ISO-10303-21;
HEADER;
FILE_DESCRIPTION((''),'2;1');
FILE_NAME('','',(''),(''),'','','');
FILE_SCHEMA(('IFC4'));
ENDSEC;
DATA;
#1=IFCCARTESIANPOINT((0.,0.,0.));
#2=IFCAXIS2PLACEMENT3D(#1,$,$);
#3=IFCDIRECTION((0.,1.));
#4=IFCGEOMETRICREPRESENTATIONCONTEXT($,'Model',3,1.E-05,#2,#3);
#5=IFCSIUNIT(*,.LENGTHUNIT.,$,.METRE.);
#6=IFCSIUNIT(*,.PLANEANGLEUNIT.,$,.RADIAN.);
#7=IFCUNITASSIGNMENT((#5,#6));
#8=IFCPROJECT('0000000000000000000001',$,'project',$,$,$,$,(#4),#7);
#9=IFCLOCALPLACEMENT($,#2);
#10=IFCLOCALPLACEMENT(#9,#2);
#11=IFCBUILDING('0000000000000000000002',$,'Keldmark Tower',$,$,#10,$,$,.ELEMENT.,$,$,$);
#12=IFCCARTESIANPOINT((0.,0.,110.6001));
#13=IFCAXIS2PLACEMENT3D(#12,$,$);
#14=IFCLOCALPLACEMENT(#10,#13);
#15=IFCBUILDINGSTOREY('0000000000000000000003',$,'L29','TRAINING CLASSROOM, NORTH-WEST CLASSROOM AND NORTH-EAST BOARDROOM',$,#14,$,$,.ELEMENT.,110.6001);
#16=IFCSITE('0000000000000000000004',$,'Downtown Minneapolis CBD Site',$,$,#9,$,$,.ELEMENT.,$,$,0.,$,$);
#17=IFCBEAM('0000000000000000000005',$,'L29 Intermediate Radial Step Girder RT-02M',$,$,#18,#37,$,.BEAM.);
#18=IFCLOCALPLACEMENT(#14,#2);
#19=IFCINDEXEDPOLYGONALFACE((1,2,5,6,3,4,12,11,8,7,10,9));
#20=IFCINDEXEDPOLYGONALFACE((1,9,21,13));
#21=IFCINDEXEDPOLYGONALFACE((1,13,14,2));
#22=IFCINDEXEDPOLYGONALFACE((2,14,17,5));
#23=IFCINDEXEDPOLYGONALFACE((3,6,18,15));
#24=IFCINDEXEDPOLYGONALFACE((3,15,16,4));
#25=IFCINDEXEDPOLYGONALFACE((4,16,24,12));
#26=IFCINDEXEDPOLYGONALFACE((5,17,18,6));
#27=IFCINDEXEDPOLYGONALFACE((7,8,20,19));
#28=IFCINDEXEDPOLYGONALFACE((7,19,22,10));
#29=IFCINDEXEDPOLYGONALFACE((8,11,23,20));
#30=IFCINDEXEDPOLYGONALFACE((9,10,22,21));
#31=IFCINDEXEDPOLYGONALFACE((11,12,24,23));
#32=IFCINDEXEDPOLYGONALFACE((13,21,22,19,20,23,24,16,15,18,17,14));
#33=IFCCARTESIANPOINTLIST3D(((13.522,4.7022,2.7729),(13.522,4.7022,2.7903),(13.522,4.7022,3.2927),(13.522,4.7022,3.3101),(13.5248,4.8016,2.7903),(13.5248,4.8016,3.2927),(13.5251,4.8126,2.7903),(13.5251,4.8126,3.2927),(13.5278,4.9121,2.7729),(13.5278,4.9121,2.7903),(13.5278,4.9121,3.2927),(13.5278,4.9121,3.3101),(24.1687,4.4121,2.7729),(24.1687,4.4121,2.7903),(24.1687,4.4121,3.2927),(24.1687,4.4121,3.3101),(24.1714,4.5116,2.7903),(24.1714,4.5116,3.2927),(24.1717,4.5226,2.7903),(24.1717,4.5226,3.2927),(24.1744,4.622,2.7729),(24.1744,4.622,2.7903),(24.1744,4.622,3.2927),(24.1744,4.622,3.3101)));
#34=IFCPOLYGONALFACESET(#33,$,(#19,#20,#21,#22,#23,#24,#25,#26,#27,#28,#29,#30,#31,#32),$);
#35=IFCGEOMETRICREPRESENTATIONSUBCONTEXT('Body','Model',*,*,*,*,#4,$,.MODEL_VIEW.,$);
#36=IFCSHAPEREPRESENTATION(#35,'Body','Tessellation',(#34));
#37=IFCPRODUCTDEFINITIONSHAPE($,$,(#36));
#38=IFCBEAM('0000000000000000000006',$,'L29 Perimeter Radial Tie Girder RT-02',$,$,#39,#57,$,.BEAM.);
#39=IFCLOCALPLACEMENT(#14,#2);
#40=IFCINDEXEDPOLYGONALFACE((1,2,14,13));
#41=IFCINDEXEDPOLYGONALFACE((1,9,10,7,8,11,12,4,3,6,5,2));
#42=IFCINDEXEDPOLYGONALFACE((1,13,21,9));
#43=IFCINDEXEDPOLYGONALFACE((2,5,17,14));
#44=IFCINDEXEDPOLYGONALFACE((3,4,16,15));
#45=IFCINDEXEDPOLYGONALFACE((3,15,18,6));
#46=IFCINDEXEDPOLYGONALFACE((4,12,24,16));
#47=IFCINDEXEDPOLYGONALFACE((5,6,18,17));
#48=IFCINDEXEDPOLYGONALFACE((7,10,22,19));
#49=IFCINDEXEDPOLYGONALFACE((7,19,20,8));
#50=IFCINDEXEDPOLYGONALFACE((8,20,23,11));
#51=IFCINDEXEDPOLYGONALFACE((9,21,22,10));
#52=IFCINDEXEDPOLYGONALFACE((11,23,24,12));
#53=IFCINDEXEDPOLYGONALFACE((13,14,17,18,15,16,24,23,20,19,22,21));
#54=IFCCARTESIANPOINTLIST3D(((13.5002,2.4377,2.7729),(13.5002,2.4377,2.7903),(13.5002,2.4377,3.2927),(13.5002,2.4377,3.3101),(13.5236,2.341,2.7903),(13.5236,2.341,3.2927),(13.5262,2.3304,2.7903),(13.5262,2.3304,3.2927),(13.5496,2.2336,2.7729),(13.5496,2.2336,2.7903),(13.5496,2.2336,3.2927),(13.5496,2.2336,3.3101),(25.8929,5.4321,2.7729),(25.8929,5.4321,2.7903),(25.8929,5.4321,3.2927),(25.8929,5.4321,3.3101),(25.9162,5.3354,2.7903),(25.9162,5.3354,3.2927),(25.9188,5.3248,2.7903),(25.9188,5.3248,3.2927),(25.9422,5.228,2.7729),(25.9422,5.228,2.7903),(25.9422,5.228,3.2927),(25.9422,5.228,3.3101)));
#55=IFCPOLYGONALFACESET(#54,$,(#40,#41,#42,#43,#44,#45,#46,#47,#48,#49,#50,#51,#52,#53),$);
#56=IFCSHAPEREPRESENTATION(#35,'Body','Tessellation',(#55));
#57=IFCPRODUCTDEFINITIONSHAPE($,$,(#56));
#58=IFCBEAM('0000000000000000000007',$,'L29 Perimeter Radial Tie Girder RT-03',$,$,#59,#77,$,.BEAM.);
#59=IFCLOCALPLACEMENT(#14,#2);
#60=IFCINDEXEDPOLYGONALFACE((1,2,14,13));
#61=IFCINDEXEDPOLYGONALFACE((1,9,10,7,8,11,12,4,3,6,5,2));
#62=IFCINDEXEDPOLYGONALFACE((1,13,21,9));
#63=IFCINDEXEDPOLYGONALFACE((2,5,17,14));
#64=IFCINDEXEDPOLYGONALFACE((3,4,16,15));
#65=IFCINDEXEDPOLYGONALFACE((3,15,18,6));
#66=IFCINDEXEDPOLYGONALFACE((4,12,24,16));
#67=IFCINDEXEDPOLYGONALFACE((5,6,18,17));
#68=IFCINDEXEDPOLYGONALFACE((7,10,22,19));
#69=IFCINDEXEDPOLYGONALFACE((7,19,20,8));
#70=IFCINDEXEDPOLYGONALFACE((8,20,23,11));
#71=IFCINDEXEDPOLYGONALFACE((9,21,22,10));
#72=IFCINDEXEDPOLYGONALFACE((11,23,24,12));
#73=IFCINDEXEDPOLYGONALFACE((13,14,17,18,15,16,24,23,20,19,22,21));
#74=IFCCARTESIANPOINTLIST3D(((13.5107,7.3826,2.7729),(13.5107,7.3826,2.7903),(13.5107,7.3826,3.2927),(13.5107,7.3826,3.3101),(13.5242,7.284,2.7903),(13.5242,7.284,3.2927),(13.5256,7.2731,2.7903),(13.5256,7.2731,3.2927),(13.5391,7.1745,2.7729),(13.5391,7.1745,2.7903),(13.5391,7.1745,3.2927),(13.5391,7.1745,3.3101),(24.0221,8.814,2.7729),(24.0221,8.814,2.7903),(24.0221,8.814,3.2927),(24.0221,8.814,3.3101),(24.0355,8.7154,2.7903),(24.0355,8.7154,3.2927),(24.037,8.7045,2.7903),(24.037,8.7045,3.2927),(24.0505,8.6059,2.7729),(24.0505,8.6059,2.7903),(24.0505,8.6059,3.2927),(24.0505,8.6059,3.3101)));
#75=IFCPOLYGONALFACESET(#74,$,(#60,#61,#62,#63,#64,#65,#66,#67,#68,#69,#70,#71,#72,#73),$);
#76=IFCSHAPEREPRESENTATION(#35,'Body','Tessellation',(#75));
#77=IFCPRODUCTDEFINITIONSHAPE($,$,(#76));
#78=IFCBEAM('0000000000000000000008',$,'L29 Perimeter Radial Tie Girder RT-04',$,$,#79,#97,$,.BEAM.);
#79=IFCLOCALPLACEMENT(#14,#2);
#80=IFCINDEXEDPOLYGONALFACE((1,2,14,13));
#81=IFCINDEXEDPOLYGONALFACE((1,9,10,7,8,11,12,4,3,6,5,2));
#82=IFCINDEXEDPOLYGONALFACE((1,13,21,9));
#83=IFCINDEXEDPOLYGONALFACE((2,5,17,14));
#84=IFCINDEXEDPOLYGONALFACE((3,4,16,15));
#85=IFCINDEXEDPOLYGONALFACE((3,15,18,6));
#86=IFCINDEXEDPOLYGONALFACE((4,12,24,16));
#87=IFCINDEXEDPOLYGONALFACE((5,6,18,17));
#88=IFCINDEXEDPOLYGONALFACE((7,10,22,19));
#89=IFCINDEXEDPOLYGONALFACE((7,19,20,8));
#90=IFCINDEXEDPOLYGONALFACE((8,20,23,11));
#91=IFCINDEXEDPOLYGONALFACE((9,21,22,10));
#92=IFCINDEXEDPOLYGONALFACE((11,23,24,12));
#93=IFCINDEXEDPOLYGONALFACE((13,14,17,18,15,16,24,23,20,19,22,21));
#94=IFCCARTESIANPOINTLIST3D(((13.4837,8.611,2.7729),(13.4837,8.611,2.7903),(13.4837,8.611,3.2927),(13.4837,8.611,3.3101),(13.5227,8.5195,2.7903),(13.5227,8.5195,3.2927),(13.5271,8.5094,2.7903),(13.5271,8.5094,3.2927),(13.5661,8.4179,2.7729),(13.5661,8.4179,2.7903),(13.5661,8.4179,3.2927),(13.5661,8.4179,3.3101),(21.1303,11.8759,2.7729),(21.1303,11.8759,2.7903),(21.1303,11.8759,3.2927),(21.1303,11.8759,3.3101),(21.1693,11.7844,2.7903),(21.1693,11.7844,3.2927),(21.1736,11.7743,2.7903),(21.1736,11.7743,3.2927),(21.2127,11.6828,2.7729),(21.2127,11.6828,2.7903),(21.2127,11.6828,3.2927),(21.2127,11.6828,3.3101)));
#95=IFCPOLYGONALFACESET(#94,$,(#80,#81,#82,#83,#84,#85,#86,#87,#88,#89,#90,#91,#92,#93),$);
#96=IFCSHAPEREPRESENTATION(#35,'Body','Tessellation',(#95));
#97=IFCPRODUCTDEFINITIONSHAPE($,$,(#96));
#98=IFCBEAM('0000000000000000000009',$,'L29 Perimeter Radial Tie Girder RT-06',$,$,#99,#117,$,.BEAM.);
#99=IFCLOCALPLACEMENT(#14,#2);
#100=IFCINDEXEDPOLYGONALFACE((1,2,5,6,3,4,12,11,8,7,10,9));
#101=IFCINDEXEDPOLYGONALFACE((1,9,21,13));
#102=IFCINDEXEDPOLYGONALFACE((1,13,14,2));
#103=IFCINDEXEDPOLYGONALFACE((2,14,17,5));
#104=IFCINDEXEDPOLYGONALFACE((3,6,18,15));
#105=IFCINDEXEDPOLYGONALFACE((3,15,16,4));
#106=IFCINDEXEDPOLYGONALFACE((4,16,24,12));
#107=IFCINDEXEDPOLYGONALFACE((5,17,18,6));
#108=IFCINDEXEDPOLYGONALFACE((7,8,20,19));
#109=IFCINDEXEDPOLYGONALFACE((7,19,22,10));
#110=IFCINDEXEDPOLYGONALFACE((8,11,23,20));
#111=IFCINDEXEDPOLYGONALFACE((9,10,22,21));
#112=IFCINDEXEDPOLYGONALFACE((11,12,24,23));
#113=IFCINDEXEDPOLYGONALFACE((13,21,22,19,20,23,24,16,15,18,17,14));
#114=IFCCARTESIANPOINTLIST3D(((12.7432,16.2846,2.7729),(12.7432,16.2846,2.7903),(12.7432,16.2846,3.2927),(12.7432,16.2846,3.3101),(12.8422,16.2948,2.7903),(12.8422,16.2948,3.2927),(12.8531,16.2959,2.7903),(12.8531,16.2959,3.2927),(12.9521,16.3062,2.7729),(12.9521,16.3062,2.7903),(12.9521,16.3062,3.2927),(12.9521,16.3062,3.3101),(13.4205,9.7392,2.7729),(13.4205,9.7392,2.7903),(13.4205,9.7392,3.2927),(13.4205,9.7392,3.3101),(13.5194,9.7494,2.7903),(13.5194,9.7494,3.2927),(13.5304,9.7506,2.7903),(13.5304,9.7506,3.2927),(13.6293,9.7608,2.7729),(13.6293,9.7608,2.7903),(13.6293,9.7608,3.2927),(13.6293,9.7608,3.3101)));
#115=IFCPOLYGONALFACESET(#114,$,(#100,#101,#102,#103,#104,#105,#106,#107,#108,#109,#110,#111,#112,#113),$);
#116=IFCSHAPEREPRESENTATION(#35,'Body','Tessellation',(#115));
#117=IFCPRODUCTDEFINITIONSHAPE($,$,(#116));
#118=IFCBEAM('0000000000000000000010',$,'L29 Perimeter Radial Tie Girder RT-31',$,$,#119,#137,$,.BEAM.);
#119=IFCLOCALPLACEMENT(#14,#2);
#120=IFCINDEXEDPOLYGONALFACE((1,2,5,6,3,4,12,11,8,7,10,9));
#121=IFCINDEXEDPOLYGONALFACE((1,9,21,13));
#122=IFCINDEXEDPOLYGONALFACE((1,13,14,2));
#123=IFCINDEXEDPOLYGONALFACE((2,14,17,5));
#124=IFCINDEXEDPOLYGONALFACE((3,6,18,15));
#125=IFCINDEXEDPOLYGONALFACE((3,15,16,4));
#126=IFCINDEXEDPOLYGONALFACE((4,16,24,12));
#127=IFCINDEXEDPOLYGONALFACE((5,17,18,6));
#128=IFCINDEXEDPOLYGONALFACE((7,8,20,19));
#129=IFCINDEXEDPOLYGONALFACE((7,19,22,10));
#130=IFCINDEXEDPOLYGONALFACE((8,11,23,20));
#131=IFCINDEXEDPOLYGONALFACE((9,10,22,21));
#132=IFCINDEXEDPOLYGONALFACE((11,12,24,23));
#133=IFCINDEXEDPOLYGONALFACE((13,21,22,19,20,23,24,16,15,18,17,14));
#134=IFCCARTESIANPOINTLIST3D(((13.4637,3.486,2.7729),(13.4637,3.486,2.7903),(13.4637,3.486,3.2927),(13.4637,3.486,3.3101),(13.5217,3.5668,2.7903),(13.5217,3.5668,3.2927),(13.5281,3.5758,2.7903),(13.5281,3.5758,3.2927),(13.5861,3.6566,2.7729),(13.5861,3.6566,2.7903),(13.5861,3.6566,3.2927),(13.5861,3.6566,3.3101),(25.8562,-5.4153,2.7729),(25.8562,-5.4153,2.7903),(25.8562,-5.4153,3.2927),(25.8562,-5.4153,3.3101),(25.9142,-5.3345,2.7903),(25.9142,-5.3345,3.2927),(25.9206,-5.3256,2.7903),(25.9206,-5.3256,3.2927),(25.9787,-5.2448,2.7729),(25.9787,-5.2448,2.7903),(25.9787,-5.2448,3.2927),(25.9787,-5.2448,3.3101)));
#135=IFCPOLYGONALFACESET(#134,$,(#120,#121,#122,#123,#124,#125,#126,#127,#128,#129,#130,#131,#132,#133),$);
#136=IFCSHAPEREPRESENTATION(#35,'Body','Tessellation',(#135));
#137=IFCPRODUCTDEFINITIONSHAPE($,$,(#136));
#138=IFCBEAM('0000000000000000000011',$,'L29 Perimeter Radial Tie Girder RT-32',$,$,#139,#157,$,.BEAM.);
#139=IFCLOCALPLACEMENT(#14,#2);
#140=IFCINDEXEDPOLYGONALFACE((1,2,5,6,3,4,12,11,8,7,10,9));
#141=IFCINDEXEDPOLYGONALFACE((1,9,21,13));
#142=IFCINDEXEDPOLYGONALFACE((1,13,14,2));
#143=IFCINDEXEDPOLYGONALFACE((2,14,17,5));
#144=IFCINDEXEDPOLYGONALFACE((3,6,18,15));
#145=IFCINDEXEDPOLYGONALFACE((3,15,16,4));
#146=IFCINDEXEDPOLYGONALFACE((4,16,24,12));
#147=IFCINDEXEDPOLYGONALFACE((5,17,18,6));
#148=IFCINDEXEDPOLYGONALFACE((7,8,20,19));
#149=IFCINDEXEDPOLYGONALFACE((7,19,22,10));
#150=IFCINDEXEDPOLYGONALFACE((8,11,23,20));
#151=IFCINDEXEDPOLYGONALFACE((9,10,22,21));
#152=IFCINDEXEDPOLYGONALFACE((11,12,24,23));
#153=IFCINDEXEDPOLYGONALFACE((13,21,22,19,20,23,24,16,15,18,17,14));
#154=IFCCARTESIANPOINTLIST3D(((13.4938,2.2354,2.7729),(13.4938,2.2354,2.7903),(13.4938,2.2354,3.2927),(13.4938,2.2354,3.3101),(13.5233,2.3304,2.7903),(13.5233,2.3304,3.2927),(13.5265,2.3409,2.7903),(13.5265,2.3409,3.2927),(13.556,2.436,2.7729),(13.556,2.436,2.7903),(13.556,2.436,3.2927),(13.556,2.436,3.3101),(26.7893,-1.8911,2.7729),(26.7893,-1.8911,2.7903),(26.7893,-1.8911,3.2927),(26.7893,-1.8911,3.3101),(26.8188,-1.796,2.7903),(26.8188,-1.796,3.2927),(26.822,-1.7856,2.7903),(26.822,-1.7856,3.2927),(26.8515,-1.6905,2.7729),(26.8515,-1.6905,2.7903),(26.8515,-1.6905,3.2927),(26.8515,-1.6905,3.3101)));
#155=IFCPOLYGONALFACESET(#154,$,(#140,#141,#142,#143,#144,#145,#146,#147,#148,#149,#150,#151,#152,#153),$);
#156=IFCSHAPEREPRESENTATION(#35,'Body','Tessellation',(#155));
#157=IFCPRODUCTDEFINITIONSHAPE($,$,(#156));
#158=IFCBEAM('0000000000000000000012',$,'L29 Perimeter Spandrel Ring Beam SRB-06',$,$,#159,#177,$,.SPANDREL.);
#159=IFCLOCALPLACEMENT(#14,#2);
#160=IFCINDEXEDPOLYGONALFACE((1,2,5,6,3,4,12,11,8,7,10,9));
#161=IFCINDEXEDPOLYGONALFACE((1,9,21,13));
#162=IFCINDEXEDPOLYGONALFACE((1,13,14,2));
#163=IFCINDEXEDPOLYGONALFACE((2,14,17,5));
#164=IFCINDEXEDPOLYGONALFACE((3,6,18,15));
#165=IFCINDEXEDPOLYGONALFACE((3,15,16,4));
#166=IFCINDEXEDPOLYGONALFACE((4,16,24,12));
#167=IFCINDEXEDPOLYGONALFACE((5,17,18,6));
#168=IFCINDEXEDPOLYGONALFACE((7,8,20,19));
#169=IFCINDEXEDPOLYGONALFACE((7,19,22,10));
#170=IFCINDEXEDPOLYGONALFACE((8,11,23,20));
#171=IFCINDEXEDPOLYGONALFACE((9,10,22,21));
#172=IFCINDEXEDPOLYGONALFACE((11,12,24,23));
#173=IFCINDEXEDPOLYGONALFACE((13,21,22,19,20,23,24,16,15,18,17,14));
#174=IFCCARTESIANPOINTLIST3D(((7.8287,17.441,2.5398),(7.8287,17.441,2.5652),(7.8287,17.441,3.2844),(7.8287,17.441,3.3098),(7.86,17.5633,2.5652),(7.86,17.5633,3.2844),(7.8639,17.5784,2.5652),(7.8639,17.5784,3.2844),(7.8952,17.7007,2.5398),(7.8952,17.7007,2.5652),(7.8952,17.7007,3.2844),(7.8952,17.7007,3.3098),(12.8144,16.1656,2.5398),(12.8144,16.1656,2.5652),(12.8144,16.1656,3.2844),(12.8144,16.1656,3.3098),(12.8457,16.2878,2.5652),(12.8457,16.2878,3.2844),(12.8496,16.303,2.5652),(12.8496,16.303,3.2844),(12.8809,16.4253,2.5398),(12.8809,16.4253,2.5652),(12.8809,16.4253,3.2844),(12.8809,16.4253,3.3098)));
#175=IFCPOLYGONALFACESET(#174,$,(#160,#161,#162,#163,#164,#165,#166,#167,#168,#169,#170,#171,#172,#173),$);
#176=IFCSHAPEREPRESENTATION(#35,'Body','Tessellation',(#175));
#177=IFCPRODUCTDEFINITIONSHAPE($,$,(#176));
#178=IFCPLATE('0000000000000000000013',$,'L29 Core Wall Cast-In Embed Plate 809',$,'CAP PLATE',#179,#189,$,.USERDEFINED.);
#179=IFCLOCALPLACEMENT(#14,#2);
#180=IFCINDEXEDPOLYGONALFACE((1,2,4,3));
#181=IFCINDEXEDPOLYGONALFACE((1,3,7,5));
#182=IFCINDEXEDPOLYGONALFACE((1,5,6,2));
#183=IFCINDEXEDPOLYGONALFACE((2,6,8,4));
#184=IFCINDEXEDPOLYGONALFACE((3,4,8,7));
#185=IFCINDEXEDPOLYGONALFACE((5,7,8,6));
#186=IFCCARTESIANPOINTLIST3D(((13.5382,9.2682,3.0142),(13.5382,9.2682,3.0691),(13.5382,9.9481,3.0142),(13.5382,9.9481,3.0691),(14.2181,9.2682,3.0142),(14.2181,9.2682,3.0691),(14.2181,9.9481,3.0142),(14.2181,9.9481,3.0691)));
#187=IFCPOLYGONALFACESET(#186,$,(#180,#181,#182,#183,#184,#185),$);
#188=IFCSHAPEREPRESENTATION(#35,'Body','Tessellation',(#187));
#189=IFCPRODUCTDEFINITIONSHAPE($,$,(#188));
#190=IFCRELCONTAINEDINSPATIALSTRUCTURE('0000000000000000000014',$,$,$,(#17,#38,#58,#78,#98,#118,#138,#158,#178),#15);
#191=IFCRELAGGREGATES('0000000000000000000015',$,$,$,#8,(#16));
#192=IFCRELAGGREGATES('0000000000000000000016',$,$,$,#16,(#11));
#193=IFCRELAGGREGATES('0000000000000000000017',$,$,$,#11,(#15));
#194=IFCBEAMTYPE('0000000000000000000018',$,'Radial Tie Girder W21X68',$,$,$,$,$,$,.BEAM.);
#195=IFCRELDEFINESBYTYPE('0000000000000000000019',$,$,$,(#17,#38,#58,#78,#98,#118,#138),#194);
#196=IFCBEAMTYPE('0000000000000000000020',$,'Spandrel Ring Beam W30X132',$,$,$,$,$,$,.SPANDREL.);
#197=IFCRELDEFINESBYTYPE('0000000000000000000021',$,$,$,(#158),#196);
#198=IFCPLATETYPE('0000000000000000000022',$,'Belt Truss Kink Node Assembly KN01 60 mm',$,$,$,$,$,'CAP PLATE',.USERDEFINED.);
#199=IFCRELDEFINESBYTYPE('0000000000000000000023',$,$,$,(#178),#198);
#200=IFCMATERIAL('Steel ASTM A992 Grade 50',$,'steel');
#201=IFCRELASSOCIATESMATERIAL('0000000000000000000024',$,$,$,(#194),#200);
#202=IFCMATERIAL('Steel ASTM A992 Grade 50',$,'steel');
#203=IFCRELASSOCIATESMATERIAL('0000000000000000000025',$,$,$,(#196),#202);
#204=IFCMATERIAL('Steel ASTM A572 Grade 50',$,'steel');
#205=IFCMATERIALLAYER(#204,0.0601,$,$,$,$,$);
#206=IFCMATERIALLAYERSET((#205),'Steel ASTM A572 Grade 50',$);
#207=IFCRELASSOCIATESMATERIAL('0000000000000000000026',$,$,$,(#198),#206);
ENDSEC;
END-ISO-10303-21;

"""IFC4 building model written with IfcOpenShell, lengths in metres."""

from ifc_helpers import new_model, si_unit, direction, frame, origin, origin_2d, place, context, subcontext, project, spatial, rectangle, i_section, extrude, material, layer, layer_set, material_profile, profile_set, type_object, element, save


model = new_model("IFC4")

# Units and contexts
model_context = context("Model", 3, precision=1e-05, world=origin(), true_north=direction((0.0, 1.0)))
body_context = subcontext(model_context, "Body", "Model", "MODEL_VIEW")
ifc_project = project(units=[si_unit("LENGTHUNIT", "METRE"), si_unit("PLANEANGLEUNIT", "RADIAN")], contexts=[model_context])

# Site, building, storey
site_placement = place(None, origin())
site = spatial("IfcSite", under=ifc_project, at=site_placement, Name="Downtown Minneapolis CBD Site", CompositionType="ELEMENT", RefElevation=0.0)
building_placement = place(site_placement, origin())
building = spatial("IfcBuilding", under=site, at=building_placement, Name="Keldmark Tower", CompositionType="ELEMENT")
storey_placement = place(building_placement, frame((0.0, 0.0, 110.6001)))
storey = spatial("IfcBuildingStorey", under=building, at=storey_placement, Name="L29", Description="TRAINING CLASSROOM, NORTH-WEST CLASSROOM AND NORTH-EAST BOARDROOM", CompositionType="ELEMENT", Elevation=110.6001)

# Beams
ifc_material_1 = material(Name="Steel ASTM A992 Grade 50", Category="steel")
ifc_material_profile_1 = material_profile(ifc_material_1, i_section(OverallWidth=0.21, OverallDepth=0.5371, WebThickness=0.011, FlangeThickness=0.0173, at=origin_2d()), Name="W21X68")
ifc_profile_set_1 = profile_set([ifc_material_profile_1], Name="Steel ASTM A992 Grade 50")
beam_type_1 = type_object("IfcBeamType", Name="Radial Tie Girder W21X68", PredefinedType="BEAM", material=ifc_profile_set_1)
beam_1_placement = place(storey_placement, frame((13.5249, 4.8071, 3.0415), z_axis=(0.999629, -0.027232, 0.0), x_axis=(0.027232, 0.999629, 0.0)))
element("IfcBeam", 1, at=beam_1_placement, inside=storey, type_object=beam_type_1, Name="L29 Intermediate Radial Step Girder RT-02M", PredefinedType="BEAM", context=body_context, shape_type="SweptSolid", body=[
    extrude(i_section(OverallWidth=0.21, OverallDepth=0.5371, WebThickness=0.011, FlangeThickness=0.0173, at=origin_2d()), origin(), (0.0, 0.0, 1.0), 10.6506),
])
beam_2_placement = place(storey_placement, frame((13.5249, 2.3357, 3.0415), z_axis=(0.972027, 0.234868, 0.0), x_axis=(-0.234868, 0.972027, 0.0)))
element("IfcBeam", 2, at=beam_2_placement, inside=storey, type_object=beam_type_1, Name="L29 Perimeter Radial Tie Girder RT-02", PredefinedType="BEAM", context=body_context, shape_type="SweptSolid", body=[
    extrude(i_section(OverallWidth=0.21, OverallDepth=0.5371, WebThickness=0.011, FlangeThickness=0.0173, at=origin_2d()), origin(), (0.0, 0.0, 1.0), 12.7493),
])
beam_3_placement = place(storey_placement, frame((13.5249, 7.2786, 3.0415), z_axis=(0.990855, 0.134929, 0.0), x_axis=(-0.134929, 0.990855, 0.0)))
element("IfcBeam", 3, at=beam_3_placement, inside=storey, type_object=beam_type_1, Name="L29 Perimeter Radial Tie Girder RT-03", PredefinedType="BEAM", context=body_context, shape_type="SweptSolid", body=[
    extrude(i_section(OverallWidth=0.21, OverallDepth=0.5371, WebThickness=0.011, FlangeThickness=0.0173, at=origin_2d()), origin(), (0.0, 0.0, 1.0), 10.6084),
])
beam_4_placement = place(storey_placement, frame((13.5249, 8.5144, 3.0415), z_axis=(0.919674, 0.392682, 0.0), x_axis=(-0.392682, 0.919674, 0.0)))
element("IfcBeam", 4, at=beam_4_placement, inside=storey, type_object=beam_type_1, Name="L29 Perimeter Radial Tie Girder RT-04", PredefinedType="BEAM", context=body_context, shape_type="SweptSolid", body=[
    extrude(i_section(OverallWidth=0.21, OverallDepth=0.5371, WebThickness=0.011, FlangeThickness=0.0173, at=origin_2d()), origin(), (0.0, 0.0, 1.0), 8.3145),
])
beam_5_placement = place(storey_placement, frame((13.5249, 9.75, 3.0415), z_axis=(-0.102919, 0.99469, 0.0), x_axis=(-0.99469, -0.102919, 0.0)))
element("IfcBeam", 5, at=beam_5_placement, inside=storey, type_object=beam_type_1, Name="L29 Perimeter Radial Tie Girder RT-06", PredefinedType="BEAM", context=body_context, shape_type="SweptSolid", body=[
    extrude(i_section(OverallWidth=0.21, OverallDepth=0.5371, WebThickness=0.011, FlangeThickness=0.0173, at=origin_2d()), origin(), (0.0, 0.0, 1.0), 6.5803),
])
beam_6_placement = place(storey_placement, frame((13.5249, 3.5713, 3.0415), z_axis=(0.812195, -0.583385, 0.0), x_axis=(0.583385, 0.812195, 0.0)))
element("IfcBeam", 6, at=beam_6_placement, inside=storey, type_object=beam_type_1, Name="L29 Perimeter Radial Tie Girder RT-31", PredefinedType="BEAM", context=body_context, shape_type="SweptSolid", body=[
    extrude(i_section(OverallWidth=0.21, OverallDepth=0.5371, WebThickness=0.011, FlangeThickness=0.0173, at=origin_2d()), origin(), (0.0, 0.0, 1.0), 15.2581),
])
beam_7_placement = place(storey_placement, frame((13.5249, 2.3357, 3.0415), z_axis=(0.955058, -0.296419, 0.0), x_axis=(0.296419, 0.955058, 0.0)))
element("IfcBeam", 7, at=beam_7_placement, inside=storey, type_object=beam_type_1, Name="L29 Perimeter Radial Tie Girder RT-32", PredefinedType="BEAM", context=body_context, shape_type="SweptSolid", body=[
    extrude(i_section(OverallWidth=0.21, OverallDepth=0.5371, WebThickness=0.011, FlangeThickness=0.0173, at=origin_2d()), origin(), (0.0, 0.0, 1.0), 13.9211),
])
ifc_material_2 = material(Name="Steel ASTM A992 Grade 50", Category="steel")
ifc_material_profile_2 = material_profile(ifc_material_2, i_section(OverallWidth=0.2681, OverallDepth=0.77, WebThickness=0.0156, FlangeThickness=0.0254, at=origin_2d()), Name="W30X132")
ifc_profile_set_2 = profile_set([ifc_material_profile_2], Name="Steel ASTM A992 Grade 50")
beam_type_2 = type_object("IfcBeamType", Name="Spandrel Ring Beam W30X132", PredefinedType="SPANDREL", material=ifc_profile_set_2)
beam_8_placement = place(storey_placement, frame((12.8477, 16.2954, 2.9248), z_axis=(-0.968802, 0.247834, 0.0), x_axis=(-0.247834, -0.968802, 0.0)))
element("IfcBeam", 8, at=beam_8_placement, inside=storey, type_object=beam_type_2, Name="L29 Perimeter Spandrel Ring Beam SRB-06", PredefinedType="SPANDREL", context=body_context, shape_type="SweptSolid", body=[
    extrude(i_section(OverallWidth=0.2681, OverallDepth=0.77, WebThickness=0.0156, FlangeThickness=0.0254, at=origin_2d()), origin(), (0.0, 0.0, 1.0), 5.1462),
])

# Plate
ifc_material_3 = material(Name="Steel ASTM A572 Grade 50", Category="steel")
ifc_layer_1 = layer(ifc_material_3, 0.0601)
ifc_layer_set_1 = layer_set([ifc_layer_1], Name="Steel ASTM A572 Grade 50")
plate_type = type_object("IfcPlateType", Name="Belt Truss Kink Node Assembly KN01 60 mm", ElementType="CAP PLATE", PredefinedType="USERDEFINED", material=ifc_layer_set_1)
for number, where, z_axis, x_axis, name in (
    (9, (13.8782, 9.6082, 3.0142), (0.0, 0.0, 1.0), (1.0, 0.0, 0.0), "L29 Core Wall Cast-In Embed Plate 809"),
):
    element("IfcPlate", number, at=place(storey_placement, frame(where, z_axis=z_axis, x_axis=x_axis)), inside=storey, type_object=plate_type, Name=name, ObjectType="CAP PLATE", PredefinedType="USERDEFINED", context=body_context, shape_type="SweptSolid", body=[
        extrude(rectangle(XDim=0.6799, YDim=0.6799, at=origin_2d()), origin(), (0.0, 0.0, 1.0), 0.0549),
    ])

save(model, "model.ifc")
